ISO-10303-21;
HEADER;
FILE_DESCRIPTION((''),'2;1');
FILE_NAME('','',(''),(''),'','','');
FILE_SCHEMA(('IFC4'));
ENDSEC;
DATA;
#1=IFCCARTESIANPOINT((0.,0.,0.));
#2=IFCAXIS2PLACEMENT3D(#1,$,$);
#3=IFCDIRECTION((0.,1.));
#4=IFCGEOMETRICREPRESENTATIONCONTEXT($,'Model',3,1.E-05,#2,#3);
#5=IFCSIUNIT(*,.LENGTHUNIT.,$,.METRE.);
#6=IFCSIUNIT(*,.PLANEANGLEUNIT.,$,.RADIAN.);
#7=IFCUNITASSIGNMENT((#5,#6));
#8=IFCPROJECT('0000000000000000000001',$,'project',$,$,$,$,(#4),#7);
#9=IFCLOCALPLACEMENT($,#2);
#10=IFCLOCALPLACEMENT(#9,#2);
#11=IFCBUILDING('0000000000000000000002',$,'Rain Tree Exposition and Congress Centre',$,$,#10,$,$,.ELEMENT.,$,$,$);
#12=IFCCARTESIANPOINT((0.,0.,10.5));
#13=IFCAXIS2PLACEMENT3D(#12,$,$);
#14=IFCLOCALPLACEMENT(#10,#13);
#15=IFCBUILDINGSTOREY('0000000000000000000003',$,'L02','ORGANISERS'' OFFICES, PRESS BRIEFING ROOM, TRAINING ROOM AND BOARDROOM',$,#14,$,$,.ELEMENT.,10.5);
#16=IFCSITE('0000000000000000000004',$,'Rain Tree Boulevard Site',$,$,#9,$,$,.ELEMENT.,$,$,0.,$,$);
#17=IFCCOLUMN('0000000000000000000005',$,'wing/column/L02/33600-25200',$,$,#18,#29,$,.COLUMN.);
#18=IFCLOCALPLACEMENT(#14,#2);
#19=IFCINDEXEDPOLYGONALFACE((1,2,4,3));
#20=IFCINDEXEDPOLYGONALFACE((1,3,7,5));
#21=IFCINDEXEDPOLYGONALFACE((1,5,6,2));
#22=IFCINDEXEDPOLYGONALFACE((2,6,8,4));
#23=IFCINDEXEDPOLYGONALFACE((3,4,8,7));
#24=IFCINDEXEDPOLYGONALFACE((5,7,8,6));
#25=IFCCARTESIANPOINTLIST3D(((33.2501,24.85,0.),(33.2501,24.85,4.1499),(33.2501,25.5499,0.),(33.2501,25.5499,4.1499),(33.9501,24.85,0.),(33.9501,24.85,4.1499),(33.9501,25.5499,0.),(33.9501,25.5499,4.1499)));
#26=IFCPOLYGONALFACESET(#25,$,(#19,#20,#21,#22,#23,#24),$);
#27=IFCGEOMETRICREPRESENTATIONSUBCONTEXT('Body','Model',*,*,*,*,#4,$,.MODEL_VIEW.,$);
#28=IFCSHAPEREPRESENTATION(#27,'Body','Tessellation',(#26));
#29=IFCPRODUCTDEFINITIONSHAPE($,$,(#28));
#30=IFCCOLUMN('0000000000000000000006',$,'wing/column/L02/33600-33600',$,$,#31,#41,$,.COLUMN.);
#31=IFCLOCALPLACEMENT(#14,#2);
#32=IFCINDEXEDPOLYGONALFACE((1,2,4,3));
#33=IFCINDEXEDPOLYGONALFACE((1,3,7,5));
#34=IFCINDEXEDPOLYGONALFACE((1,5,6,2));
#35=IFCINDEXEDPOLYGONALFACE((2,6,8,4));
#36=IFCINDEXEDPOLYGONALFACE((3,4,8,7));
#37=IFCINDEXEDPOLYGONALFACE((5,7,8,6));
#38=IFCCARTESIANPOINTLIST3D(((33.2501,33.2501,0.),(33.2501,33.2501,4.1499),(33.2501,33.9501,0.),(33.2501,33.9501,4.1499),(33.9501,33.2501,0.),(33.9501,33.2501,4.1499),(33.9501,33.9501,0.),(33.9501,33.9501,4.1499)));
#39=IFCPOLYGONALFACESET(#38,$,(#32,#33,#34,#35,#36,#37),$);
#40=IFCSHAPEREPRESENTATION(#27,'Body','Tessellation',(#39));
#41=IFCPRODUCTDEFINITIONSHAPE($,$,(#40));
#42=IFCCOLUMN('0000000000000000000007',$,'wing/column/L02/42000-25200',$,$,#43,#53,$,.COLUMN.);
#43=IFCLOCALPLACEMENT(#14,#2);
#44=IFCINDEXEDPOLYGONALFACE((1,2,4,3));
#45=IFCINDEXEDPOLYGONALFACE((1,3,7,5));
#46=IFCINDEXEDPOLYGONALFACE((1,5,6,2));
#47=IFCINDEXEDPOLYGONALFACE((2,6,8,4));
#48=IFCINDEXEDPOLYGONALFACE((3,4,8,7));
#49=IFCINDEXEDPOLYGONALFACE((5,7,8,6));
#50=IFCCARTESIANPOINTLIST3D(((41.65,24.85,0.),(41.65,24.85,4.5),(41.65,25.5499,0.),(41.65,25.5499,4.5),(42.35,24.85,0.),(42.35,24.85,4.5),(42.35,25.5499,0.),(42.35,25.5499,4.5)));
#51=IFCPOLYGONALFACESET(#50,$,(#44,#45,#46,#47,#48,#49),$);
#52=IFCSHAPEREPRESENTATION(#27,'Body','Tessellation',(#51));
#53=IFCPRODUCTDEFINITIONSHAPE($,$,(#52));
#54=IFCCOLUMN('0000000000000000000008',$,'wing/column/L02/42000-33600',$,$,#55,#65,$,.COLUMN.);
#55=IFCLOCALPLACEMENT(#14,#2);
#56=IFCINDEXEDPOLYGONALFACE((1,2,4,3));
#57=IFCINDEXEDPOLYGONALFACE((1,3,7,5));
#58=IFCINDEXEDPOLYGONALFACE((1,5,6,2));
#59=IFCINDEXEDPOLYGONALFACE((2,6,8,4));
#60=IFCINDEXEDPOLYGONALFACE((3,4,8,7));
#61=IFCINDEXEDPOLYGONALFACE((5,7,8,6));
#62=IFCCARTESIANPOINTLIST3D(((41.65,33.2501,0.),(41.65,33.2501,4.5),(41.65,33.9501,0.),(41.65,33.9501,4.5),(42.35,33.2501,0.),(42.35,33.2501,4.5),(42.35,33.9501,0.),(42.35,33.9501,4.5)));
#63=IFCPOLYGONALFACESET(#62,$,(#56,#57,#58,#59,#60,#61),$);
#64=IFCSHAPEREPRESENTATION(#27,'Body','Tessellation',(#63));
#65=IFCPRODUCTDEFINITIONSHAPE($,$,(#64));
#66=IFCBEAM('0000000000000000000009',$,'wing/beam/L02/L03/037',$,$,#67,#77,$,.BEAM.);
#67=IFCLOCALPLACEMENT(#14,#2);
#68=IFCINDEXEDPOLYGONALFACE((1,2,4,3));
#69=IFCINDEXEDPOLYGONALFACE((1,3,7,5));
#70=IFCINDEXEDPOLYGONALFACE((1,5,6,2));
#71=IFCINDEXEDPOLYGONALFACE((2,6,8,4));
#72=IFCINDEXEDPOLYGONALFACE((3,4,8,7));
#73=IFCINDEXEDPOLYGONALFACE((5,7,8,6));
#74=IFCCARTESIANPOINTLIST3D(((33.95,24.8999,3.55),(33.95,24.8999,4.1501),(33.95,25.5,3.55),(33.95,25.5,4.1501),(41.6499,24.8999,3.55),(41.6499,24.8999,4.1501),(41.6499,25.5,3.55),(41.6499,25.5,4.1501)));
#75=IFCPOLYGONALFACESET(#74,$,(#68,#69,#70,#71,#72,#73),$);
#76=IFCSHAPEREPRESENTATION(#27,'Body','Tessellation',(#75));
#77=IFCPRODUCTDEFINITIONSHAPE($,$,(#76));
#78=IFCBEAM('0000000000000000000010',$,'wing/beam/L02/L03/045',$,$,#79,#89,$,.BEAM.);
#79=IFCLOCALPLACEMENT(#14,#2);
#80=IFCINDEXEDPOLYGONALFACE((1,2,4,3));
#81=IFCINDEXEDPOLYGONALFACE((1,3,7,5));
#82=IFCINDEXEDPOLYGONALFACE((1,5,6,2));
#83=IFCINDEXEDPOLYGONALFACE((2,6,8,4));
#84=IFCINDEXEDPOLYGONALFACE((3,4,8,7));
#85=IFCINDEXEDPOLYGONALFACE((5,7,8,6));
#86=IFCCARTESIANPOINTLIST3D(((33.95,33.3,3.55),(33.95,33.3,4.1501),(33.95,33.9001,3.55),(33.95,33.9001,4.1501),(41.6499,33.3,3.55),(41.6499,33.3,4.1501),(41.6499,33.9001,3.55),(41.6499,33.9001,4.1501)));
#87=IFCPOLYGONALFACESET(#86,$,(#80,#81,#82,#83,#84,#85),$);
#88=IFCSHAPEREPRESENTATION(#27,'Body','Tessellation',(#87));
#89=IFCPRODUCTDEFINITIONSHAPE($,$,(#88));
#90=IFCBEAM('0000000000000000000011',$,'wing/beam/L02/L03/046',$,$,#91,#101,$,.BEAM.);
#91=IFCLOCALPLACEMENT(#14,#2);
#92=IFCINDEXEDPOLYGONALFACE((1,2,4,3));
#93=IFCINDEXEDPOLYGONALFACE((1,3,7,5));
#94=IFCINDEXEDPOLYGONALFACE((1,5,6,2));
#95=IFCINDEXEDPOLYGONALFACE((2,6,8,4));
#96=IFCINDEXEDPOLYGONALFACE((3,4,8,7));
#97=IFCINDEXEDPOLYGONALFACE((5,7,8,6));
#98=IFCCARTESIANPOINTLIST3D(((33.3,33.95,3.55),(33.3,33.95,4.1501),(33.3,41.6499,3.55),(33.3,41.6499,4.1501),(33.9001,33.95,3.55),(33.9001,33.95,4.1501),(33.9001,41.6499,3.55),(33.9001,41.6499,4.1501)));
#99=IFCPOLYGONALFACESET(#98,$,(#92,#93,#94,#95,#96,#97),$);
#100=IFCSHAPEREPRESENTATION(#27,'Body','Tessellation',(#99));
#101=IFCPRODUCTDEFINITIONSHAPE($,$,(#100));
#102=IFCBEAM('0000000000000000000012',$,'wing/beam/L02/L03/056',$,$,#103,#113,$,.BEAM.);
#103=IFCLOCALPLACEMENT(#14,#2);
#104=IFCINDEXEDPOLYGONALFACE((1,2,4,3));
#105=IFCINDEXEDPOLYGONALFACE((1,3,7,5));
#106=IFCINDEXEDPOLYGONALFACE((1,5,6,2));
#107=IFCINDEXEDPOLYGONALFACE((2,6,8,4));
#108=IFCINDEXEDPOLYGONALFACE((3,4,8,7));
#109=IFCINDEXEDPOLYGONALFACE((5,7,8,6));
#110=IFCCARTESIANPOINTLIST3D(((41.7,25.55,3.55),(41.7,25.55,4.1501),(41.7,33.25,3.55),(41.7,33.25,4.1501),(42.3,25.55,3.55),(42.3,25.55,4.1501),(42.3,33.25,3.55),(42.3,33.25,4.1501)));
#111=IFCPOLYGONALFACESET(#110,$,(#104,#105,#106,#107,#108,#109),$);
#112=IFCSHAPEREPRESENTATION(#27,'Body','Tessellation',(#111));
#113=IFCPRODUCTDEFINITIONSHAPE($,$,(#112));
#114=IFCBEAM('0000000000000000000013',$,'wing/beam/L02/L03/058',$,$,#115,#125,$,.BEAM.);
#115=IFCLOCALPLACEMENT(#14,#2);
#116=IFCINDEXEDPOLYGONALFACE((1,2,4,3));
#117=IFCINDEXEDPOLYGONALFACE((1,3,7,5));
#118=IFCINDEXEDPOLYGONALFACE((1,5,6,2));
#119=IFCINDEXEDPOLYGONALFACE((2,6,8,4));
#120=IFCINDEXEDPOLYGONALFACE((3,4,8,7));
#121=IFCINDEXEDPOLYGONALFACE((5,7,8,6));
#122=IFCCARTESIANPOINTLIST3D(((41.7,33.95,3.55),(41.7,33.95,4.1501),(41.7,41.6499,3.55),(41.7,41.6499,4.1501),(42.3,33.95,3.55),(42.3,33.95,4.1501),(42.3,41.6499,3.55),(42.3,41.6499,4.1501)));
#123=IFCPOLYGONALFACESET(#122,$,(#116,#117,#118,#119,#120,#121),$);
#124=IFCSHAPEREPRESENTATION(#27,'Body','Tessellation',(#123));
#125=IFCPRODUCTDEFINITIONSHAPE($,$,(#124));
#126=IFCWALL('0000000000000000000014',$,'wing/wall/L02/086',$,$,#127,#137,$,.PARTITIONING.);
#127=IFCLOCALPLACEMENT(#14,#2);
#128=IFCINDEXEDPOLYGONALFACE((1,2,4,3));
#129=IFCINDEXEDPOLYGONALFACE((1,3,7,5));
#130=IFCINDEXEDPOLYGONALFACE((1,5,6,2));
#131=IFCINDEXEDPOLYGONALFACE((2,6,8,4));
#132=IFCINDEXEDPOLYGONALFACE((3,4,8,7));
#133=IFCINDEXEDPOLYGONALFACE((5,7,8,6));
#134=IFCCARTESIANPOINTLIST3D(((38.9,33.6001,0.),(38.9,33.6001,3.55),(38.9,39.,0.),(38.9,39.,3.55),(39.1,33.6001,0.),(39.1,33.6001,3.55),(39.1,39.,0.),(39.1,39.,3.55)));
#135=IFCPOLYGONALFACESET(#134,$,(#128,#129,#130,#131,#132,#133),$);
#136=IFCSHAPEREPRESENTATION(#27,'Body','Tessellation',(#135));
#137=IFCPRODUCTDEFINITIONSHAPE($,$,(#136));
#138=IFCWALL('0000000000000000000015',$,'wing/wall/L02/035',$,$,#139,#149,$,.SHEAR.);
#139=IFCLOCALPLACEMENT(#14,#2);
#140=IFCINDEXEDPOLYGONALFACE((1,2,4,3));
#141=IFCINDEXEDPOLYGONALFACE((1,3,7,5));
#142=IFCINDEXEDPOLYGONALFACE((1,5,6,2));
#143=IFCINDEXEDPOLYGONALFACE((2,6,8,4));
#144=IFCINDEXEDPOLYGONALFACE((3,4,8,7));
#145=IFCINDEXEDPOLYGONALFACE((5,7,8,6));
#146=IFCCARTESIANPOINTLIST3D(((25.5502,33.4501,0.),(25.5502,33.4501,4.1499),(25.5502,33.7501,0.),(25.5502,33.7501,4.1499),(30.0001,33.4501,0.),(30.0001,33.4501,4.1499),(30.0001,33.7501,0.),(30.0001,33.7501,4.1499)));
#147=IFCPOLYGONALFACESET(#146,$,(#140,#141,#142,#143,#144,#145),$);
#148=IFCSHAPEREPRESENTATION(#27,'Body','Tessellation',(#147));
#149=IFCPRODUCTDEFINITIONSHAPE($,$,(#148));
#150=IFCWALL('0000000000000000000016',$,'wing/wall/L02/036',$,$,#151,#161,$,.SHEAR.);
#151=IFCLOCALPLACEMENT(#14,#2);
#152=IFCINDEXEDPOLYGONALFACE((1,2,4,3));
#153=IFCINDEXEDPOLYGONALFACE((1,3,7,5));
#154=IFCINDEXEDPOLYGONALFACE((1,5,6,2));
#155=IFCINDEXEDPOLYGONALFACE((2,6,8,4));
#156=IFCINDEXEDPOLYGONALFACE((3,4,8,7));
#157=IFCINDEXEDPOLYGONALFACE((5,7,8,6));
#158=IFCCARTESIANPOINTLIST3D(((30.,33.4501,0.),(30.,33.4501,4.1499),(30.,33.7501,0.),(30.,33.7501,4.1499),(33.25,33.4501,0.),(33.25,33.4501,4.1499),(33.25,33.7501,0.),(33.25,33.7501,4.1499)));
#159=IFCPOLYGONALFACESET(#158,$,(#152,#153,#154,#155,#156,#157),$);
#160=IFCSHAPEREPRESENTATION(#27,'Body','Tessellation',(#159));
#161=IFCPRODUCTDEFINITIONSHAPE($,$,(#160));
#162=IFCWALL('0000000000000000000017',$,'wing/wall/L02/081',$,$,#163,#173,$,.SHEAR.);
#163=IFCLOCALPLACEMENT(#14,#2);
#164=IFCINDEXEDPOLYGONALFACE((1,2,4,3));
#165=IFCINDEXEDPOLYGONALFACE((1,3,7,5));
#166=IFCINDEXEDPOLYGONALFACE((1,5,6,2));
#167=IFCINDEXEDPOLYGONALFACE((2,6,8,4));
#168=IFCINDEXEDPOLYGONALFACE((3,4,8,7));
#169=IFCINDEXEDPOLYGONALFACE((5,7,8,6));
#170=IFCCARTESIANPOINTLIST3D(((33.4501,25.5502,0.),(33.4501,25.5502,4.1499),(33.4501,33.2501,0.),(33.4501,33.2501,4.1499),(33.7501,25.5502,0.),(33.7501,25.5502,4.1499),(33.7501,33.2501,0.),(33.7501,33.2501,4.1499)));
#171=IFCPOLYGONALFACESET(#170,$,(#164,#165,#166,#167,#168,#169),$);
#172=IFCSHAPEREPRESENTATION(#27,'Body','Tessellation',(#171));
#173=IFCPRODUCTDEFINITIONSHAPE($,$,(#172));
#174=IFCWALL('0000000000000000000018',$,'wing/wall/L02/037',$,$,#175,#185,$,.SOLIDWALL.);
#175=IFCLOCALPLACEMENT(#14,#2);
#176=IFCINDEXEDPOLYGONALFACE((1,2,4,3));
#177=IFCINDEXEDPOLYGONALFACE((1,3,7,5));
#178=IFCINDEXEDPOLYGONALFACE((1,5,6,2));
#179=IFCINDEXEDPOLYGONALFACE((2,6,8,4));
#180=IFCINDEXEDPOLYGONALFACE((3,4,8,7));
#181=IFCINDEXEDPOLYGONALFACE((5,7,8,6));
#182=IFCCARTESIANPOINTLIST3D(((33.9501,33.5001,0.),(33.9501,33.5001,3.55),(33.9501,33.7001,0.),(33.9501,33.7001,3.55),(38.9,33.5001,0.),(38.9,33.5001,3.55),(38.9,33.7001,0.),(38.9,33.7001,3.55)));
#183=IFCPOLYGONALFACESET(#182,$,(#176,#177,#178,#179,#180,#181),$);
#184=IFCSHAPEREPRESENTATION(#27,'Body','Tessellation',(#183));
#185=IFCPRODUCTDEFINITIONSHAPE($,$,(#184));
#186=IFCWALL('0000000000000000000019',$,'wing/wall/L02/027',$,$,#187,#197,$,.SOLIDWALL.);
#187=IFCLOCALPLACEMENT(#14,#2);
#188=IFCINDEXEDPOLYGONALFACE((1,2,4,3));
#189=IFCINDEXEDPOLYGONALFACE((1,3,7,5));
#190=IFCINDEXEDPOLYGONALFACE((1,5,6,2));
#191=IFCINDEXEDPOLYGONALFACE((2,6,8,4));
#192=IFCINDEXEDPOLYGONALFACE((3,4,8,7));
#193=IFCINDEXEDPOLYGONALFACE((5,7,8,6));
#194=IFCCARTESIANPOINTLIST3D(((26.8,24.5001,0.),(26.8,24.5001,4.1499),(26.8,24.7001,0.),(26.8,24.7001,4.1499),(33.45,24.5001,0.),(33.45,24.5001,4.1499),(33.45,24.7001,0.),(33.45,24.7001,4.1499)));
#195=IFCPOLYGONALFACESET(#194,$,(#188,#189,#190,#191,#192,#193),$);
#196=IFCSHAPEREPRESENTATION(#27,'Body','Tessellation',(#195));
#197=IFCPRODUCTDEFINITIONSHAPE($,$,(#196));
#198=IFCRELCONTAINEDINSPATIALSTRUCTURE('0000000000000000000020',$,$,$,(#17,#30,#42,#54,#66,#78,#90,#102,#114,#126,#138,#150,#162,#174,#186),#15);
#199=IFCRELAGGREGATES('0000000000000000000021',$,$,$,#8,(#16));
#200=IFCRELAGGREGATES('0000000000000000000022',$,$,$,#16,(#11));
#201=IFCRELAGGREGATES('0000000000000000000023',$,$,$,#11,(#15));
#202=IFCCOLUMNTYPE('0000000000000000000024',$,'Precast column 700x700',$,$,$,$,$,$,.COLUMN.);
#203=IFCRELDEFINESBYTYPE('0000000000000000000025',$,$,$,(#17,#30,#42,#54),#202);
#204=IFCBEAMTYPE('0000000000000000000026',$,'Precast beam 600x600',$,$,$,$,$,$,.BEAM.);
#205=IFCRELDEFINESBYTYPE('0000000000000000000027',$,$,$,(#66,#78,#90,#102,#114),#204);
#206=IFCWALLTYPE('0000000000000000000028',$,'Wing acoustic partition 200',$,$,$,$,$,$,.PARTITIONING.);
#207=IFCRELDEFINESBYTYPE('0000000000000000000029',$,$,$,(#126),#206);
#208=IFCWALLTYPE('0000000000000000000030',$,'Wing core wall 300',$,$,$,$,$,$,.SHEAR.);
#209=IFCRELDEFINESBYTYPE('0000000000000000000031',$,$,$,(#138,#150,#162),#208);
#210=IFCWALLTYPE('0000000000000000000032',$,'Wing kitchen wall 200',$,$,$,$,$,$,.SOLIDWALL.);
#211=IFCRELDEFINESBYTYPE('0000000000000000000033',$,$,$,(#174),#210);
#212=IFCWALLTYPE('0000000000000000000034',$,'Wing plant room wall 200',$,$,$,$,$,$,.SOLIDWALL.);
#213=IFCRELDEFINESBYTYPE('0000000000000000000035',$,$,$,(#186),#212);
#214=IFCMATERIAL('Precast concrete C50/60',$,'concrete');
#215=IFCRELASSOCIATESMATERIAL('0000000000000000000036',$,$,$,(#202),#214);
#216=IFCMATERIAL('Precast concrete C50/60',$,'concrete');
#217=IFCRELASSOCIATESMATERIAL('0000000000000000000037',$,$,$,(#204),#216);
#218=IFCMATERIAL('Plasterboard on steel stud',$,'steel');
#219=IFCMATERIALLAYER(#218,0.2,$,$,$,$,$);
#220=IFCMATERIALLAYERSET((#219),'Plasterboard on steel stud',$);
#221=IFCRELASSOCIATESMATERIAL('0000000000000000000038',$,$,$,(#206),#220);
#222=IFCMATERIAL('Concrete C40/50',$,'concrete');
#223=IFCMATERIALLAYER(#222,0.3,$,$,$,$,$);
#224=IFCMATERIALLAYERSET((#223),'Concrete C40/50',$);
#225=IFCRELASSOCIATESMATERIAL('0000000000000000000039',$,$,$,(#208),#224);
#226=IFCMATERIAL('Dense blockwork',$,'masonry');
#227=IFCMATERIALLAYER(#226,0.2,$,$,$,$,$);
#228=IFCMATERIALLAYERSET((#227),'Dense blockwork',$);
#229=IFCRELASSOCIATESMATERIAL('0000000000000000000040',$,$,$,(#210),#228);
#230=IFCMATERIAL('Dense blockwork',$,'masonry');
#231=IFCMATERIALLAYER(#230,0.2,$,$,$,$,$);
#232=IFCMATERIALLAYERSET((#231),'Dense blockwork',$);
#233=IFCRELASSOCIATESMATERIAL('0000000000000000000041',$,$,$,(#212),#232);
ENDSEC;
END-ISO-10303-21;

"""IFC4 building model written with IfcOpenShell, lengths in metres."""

from ifc_helpers import new_model, si_unit, direction, frame, frame_2d, origin, origin_2d, place, context, subcontext, project, spatial, rectangle, extrude, material, layer, layer_set, material_profile, profile_set, type_object, element, save


model = new_model("IFC4")

# Units and contexts
model_context = context("Model", 3, precision=1e-05, world=origin(), true_north=direction((0.0, 1.0)))
body_context = subcontext(model_context, "Body", "Model", "MODEL_VIEW")
ifc_project = project(units=[si_unit("LENGTHUNIT", "METRE"), si_unit("PLANEANGLEUNIT", "RADIAN")], contexts=[model_context])

# Site, building, storey
site_placement = place(None, origin())
site = spatial("IfcSite", under=ifc_project, at=site_placement, Name="Rain Tree Boulevard Site", CompositionType="ELEMENT", RefElevation=0.0)
building_placement = place(site_placement, origin())
building = spatial("IfcBuilding", under=site, at=building_placement, Name="Rain Tree Exposition and Congress Centre", CompositionType="ELEMENT")
storey_placement = place(building_placement, frame((0.0, 0.0, 10.5)))
storey = spatial("IfcBuildingStorey", under=building, at=storey_placement, Name="L02", Description="ORGANISERS' OFFICES, PRESS BRIEFING ROOM, TRAINING ROOM AND BOARDROOM", CompositionType="ELEMENT", Elevation=10.5)

# Columns
ifc_material_1 = material(Name="Precast concrete C50/60", Category="concrete")
ifc_material_profile_1 = material_profile(ifc_material_1, rectangle(XDim=0.7, YDim=0.7, at=origin_2d()), Name="RC 700x700")
ifc_profile_set_1 = profile_set([ifc_material_profile_1], Name="Precast concrete C50/60")
column_type = type_object("IfcColumnType", Name="Precast column 700x700", PredefinedType="COLUMN", material=ifc_profile_set_1)
for number, where, z_axis, x_axis, name in (
    (1, (33.6001, 25.2, 0.0), (0.0, 0.0, 1.0), (1.0, 0.0, 0.0), "wing/column/L02/33600-25200"),
    (2, (33.6001, 33.6001, 0.0), (0.0, 0.0, 1.0), (1.0, 0.0, 0.0), "wing/column/L02/33600-33600"),
):
    element("IfcColumn", number, at=place(storey_placement, frame(where, z_axis=z_axis, x_axis=x_axis)), inside=storey, type_object=column_type, Name=name, PredefinedType="COLUMN", context=body_context, shape_type="SweptSolid", body=[
        extrude(rectangle(XDim=0.7, YDim=0.7, at=origin_2d()), origin(), (0.0, 0.0, 1.0), 4.1499),
    ])
for number, where, z_axis, x_axis, name in (
    (3, (42.0, 25.2, 0.0), (0.0, 0.0, 1.0), (1.0, 0.0, 0.0), "wing/column/L02/42000-25200"),
    (4, (42.0, 33.6001, 0.0), (0.0, 0.0, 1.0), (1.0, 0.0, 0.0), "wing/column/L02/42000-33600"),
):
    element("IfcColumn", number, at=place(storey_placement, frame(where, z_axis=z_axis, x_axis=x_axis)), inside=storey, type_object=column_type, Name=name, PredefinedType="COLUMN", context=body_context, shape_type="SweptSolid", body=[
        extrude(rectangle(XDim=0.7, YDim=0.7, at=origin_2d()), origin(), (0.0, 0.0, 1.0), 4.5),
    ])

# Beams
ifc_material_2 = material(Name="Precast concrete C50/60", Category="concrete")
ifc_material_profile_2 = material_profile(ifc_material_2, rectangle(XDim=0.6001, YDim=0.6001, at=origin_2d()), Name="RC 600x600")
ifc_profile_set_2 = profile_set([ifc_material_profile_2], Name="Precast concrete C50/60")
beam_type = type_object("IfcBeamType", Name="Precast beam 600x600", PredefinedType="BEAM", material=ifc_profile_set_2)
for number, where, z_axis, x_axis, name in (
    (5, (33.95, 25.2, 3.8501), (1.0, 0.0, 0.0), (0.0, 1.0, 0.0), "wing/beam/L02/L03/037"),
    (6, (33.95, 33.6001, 3.8501), (1.0, 0.0, 0.0), (0.0, 1.0, 0.0), "wing/beam/L02/L03/045"),
    (7, (33.6001, 33.95, 3.8501), (0.0, 1.0, 0.0), (-1.0, 0.0, 0.0), "wing/beam/L02/L03/046"),
    (8, (42.0, 25.55, 3.8501), (0.0, 1.0, 0.0), (-1.0, 0.0, 0.0), "wing/beam/L02/L03/056"),
    (9, (42.0, 33.95, 3.8501), (0.0, 1.0, 0.0), (-1.0, 0.0, 0.0), "wing/beam/L02/L03/058"),
):
    element("IfcBeam", number, at=place(storey_placement, frame(where, z_axis=z_axis, x_axis=x_axis)), inside=storey, type_object=beam_type, Name=name, PredefinedType="BEAM", context=body_context, shape_type="SweptSolid", body=[
        extrude(rectangle(XDim=0.6001, YDim=0.6001, at=origin_2d()), origin(), (0.0, 0.0, 1.0), 7.7),
    ])

# Wall
ifc_material_3 = material(Name="Plasterboard on steel stud", Category="steel")
ifc_layer_1 = layer(ifc_material_3, 0.2)
ifc_layer_set_1 = layer_set([ifc_layer_1], Name="Plasterboard on steel stud")
wall_type_1 = type_object("IfcWallType", Name="Wing acoustic partition 200", PredefinedType="PARTITIONING", material=ifc_layer_set_1)
wall_1_placement = place(storey_placement, frame((39.0, 33.6001, 0.0), z_axis=(0.0, 0.0, 1.0), x_axis=(0.0, 1.0, 0.0)))
element("IfcWall", 10, at=wall_1_placement, inside=storey, type_object=wall_type_1, Name="wing/wall/L02/086", PredefinedType="PARTITIONING", context=body_context, shape_type="SweptSolid", body=[
    extrude(rectangle(XDim=5.3999, YDim=0.2, at=frame_2d((2.7, 0.0))), origin(), (0.0, 0.0, 1.0), 3.55),
])

# Walls
ifc_material_4 = material(Name="Concrete C40/50", Category="concrete")
ifc_layer_2 = layer(ifc_material_4, 0.3)
ifc_layer_set_2 = layer_set([ifc_layer_2], Name="Concrete C40/50")
wall_type_2 = type_object("IfcWallType", Name="Wing core wall 300", PredefinedType="SHEAR", material=ifc_layer_set_2)
wall_2_placement = place(storey_placement, frame((25.55, 33.6001, 0.0), z_axis=(0.0, 0.0, 1.0), x_axis=(1.0, 0.0, 0.0)))
element("IfcWall", 11, at=wall_2_placement, inside=storey, type_object=wall_type_2, Name="wing/wall/L02/035", PredefinedType="SHEAR", context=body_context, shape_type="SweptSolid", body=[
    extrude(rectangle(XDim=4.45, YDim=0.3, at=frame_2d((2.2251, 0.0))), origin(), (0.0, 0.0, 1.0), 4.1499),
])
wall_3_placement = place(storey_placement, frame((30.0, 33.6001, 0.0), z_axis=(0.0, 0.0, 1.0), x_axis=(1.0, 0.0, 0.0)))
element("IfcWall", 12, at=wall_3_placement, inside=storey, type_object=wall_type_2, Name="wing/wall/L02/036", PredefinedType="SHEAR", context=body_context, shape_type="SweptSolid", body=[
    extrude(rectangle(XDim=3.25, YDim=0.3, at=frame_2d((1.625, 0.0))), origin(), (0.0, 0.0, 1.0), 4.1499),
])
wall_4_placement = place(storey_placement, frame((33.6001, 25.55, 0.0), z_axis=(0.0, 0.0, 1.0), x_axis=(0.0, 1.0, 0.0)))
element("IfcWall", 13, at=wall_4_placement, inside=storey, type_object=wall_type_2, Name="wing/wall/L02/081", PredefinedType="SHEAR", context=body_context, shape_type="SweptSolid", body=[
    extrude(rectangle(XDim=7.7, YDim=0.3, at=frame_2d((3.8501, 0.0))), origin(), (0.0, 0.0, 1.0), 4.1499),
])
ifc_material_5 = material(Name="Dense blockwork", Category="masonry")
ifc_layer_3 = layer(ifc_material_5, 0.2)
ifc_layer_set_3 = layer_set([ifc_layer_3], Name="Dense blockwork")
wall_type_3 = type_object("IfcWallType", Name="Wing kitchen wall 200", PredefinedType="SOLIDWALL", material=ifc_layer_set_3)
wall_5_placement = place(storey_placement, frame((33.95, 33.6001, 0.0), z_axis=(0.0, 0.0, 1.0), x_axis=(1.0, 0.0, 0.0)))
element("IfcWall", 14, at=wall_5_placement, inside=storey, type_object=wall_type_3, Name="wing/wall/L02/037", PredefinedType="SOLIDWALL", context=body_context, shape_type="SweptSolid", body=[
    extrude(rectangle(XDim=4.95, YDim=0.2, at=frame_2d((2.4751, 0.0))), origin(), (0.0, 0.0, 1.0), 3.55),
])
ifc_material_6 = material(Name="Dense blockwork", Category="masonry")
ifc_layer_4 = layer(ifc_material_6, 0.2)
ifc_layer_set_4 = layer_set([ifc_layer_4], Name="Dense blockwork")
wall_type_4 = type_object("IfcWallType", Name="Wing plant room wall 200", PredefinedType="SOLIDWALL", material=ifc_layer_set_4)
wall_6_placement = place(storey_placement, frame((26.8, 24.6001, 0.0), z_axis=(0.0, 0.0, 1.0), x_axis=(1.0, 0.0, 0.0)))
element("IfcWall", 15, at=wall_6_placement, inside=storey, type_object=wall_type_4, Name="wing/wall/L02/027", PredefinedType="SOLIDWALL", context=body_context, shape_type="SweptSolid", body=[
    extrude(rectangle(XDim=6.6499, YDim=0.2, at=frame_2d((3.325, 0.0))), origin(), (0.0, 0.0, 1.0), 4.1499),
])

save(model, "model.ifc")
